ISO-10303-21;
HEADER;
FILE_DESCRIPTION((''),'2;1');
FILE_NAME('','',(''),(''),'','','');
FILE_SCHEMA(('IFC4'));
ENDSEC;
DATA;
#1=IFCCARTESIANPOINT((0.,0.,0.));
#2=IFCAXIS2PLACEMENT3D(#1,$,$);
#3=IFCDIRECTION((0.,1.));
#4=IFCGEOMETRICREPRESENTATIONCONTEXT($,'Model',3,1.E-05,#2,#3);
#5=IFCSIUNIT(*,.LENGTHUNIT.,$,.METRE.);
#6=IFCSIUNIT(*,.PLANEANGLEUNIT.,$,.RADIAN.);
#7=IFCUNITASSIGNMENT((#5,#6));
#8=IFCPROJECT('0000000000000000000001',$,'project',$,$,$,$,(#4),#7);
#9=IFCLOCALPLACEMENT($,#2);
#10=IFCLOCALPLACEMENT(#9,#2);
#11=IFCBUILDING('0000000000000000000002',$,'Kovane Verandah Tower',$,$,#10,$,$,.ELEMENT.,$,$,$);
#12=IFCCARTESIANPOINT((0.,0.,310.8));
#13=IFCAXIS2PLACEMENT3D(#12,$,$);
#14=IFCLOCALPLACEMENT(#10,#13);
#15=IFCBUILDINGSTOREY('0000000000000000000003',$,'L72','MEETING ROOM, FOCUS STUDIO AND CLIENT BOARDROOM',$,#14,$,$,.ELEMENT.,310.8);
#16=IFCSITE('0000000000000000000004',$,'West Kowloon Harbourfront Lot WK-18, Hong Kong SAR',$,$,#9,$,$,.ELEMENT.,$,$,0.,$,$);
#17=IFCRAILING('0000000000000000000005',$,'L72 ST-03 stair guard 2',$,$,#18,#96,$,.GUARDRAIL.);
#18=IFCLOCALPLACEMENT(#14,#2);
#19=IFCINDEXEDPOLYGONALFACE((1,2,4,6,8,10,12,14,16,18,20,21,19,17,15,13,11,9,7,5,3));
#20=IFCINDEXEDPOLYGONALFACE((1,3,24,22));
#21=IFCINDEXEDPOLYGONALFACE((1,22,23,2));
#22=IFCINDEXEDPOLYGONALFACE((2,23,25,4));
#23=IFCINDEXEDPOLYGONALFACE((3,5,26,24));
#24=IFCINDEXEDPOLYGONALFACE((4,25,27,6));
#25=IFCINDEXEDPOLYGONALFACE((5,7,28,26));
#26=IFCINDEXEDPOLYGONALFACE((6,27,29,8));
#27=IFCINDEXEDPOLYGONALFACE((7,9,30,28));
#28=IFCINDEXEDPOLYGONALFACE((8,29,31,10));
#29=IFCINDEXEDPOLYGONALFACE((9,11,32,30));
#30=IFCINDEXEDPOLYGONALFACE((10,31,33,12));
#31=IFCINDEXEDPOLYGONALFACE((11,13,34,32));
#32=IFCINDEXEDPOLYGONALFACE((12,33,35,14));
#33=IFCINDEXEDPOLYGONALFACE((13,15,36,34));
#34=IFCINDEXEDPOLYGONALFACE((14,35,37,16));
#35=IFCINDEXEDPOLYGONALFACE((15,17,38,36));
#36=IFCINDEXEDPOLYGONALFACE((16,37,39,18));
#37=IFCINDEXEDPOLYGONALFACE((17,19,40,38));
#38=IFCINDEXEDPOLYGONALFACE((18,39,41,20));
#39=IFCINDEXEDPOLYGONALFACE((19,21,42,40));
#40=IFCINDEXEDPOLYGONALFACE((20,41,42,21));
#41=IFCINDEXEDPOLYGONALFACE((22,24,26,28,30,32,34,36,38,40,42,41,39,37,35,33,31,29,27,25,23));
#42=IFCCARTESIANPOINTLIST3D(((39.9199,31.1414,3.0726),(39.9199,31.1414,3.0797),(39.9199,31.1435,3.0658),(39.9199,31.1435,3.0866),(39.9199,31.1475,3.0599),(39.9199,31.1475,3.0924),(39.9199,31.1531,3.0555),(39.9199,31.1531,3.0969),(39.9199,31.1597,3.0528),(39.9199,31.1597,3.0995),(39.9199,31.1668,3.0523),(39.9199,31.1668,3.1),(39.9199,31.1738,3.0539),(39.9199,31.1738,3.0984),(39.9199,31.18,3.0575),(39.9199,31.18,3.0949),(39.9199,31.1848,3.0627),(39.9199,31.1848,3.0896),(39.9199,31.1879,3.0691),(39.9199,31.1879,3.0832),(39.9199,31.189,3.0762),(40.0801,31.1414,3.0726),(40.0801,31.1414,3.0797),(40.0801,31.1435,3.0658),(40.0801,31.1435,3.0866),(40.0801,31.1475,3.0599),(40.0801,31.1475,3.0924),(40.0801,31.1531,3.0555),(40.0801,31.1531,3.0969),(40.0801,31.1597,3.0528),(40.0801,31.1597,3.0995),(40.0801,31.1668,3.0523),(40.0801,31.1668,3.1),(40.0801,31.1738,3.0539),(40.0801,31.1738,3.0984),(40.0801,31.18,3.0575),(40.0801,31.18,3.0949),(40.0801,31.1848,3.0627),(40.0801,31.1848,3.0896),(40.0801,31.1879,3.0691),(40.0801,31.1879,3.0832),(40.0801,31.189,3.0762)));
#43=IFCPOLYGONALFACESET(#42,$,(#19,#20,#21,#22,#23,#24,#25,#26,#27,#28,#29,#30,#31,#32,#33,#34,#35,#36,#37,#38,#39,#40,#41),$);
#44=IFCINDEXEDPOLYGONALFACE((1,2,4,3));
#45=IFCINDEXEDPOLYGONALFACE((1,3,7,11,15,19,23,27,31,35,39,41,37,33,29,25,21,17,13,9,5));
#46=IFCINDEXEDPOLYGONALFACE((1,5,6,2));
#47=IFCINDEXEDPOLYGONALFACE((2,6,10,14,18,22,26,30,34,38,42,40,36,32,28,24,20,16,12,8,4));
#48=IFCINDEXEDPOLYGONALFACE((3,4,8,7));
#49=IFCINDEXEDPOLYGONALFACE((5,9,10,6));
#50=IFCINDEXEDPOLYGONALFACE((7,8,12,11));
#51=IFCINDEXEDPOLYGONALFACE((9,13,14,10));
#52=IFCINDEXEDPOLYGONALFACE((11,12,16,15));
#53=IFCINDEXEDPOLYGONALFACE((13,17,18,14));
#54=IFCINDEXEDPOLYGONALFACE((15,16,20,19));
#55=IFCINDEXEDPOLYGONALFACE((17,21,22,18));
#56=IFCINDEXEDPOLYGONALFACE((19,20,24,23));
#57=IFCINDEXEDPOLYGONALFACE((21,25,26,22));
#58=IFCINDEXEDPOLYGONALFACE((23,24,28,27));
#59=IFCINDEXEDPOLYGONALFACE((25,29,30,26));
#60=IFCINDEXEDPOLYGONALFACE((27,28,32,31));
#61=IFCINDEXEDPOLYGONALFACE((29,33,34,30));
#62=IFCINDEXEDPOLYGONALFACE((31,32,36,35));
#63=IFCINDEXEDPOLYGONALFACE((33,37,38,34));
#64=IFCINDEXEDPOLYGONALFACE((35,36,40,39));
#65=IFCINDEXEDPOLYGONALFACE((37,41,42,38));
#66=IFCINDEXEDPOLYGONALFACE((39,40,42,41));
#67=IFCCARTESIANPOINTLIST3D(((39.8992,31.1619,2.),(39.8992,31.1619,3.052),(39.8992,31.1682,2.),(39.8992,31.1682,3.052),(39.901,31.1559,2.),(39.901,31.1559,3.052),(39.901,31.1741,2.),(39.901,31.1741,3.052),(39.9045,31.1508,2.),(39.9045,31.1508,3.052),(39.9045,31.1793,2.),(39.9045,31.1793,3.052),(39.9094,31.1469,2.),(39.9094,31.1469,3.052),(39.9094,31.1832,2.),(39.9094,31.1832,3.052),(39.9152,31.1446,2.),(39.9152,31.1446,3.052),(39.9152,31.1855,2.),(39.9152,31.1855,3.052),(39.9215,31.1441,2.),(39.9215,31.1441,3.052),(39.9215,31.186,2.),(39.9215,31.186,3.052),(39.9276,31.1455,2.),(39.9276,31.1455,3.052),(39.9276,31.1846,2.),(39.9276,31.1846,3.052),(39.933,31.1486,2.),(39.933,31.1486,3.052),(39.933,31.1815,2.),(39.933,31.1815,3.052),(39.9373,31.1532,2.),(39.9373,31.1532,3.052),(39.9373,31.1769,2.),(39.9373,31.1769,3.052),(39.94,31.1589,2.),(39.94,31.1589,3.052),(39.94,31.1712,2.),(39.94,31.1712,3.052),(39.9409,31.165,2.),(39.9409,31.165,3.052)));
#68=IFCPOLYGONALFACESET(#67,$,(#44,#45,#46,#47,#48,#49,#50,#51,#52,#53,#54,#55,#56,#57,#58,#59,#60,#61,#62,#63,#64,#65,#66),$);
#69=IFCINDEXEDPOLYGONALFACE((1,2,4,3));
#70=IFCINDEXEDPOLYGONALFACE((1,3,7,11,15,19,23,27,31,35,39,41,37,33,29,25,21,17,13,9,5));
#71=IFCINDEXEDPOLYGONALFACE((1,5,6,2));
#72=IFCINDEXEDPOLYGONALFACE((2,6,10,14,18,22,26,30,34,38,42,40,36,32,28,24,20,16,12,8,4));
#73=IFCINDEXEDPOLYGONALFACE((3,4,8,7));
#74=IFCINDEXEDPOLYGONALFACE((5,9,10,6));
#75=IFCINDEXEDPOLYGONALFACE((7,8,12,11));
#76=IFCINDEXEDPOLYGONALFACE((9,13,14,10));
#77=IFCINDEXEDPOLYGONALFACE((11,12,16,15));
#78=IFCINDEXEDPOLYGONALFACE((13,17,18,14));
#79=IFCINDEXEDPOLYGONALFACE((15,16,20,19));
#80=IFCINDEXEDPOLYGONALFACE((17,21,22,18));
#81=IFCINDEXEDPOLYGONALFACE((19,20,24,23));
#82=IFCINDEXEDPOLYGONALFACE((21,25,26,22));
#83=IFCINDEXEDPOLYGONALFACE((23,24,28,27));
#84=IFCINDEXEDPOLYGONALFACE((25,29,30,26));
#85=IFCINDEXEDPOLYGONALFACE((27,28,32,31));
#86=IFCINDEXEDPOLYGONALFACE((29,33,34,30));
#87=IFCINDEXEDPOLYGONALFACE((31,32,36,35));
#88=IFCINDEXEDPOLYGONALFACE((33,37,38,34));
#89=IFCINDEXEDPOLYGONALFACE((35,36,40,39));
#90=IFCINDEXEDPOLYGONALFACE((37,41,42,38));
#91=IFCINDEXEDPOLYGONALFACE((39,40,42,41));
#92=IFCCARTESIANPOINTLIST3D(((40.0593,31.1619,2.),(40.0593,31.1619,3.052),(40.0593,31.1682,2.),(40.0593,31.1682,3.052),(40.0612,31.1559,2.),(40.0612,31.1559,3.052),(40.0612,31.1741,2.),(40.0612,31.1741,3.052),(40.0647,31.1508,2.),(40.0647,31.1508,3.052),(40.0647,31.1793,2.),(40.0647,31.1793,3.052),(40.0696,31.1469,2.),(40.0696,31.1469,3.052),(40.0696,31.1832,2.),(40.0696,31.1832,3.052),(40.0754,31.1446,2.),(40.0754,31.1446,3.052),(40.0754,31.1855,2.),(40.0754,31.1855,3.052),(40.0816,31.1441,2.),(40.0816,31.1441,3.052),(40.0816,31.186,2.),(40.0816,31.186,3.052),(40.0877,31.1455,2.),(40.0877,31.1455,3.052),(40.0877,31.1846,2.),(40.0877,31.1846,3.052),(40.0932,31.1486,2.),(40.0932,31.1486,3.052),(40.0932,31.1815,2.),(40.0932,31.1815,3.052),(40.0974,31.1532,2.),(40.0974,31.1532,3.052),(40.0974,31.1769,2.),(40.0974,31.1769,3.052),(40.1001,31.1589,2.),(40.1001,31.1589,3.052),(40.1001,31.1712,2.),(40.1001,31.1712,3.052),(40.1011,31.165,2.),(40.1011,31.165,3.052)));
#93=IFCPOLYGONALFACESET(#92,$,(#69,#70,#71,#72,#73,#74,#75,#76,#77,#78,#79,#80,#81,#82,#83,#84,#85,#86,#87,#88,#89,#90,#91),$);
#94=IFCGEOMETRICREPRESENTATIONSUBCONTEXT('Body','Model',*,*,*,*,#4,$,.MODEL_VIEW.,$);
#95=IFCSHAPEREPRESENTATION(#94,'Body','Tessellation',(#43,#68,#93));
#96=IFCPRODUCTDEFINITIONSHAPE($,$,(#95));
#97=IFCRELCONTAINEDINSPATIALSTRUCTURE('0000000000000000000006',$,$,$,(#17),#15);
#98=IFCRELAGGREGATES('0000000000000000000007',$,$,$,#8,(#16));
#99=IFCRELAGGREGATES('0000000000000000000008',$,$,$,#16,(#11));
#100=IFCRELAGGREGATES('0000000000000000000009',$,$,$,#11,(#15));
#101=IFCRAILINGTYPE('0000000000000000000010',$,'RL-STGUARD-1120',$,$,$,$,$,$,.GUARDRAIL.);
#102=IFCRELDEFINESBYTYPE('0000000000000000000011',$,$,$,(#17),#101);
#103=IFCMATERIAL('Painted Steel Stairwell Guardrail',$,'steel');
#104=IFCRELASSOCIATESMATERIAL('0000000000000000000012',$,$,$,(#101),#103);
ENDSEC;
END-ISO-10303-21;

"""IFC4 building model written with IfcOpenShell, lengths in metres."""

from ifc_helpers import new_model, si_unit, direction, frame, origin, origin_2d, place, context, subcontext, project, spatial, circle, extrude, material, type_object, element, save


model = new_model("IFC4")

# Units and contexts
model_context = context("Model", 3, precision=1e-05, world=origin(), true_north=direction((0.0, 1.0)))
body_context = subcontext(model_context, "Body", "Model", "MODEL_VIEW")
ifc_project = project(units=[si_unit("LENGTHUNIT", "METRE"), si_unit("PLANEANGLEUNIT", "RADIAN")], contexts=[model_context])

# Site, building, storey
site_placement = place(None, origin())
site = spatial("IfcSite", under=ifc_project, at=site_placement, Name="West Kowloon Harbourfront Lot WK-18, Hong Kong SAR", CompositionType="ELEMENT", RefElevation=0.0)
building_placement = place(site_placement, origin())
building = spatial("IfcBuilding", under=site, at=building_placement, Name="Kovane Verandah Tower", CompositionType="ELEMENT")
storey_placement = place(building_placement, frame((0.0, 0.0, 310.8)))
storey = spatial("IfcBuildingStorey", under=building, at=storey_placement, Name="L72", Description="MEETING ROOM, FOCUS STUDIO AND CLIENT BOARDROOM", CompositionType="ELEMENT", Elevation=310.8)

# Railing
ifc_material_1 = material(Name="Painted Steel Stairwell Guardrail", Category="steel")
railing_type_1 = type_object("IfcRailingType", Name="RL-STGUARD-1120", PredefinedType="GUARDRAIL", material=ifc_material_1)
railing_1_placement = place(storey_placement, frame((39.9199, 31.165, 2.0)))
element("IfcRailing", 1, at=railing_1_placement, inside=storey, type_object=railing_type_1, Name="L72 ST-03 stair guard 2", PredefinedType="GUARDRAIL", context=body_context, shape_type="SweptSolid", body=[
    extrude(circle(Radius=0.0239, at=origin_2d()), frame((0.0, 0.0, 1.0762), z_axis=(1.0, 0.0, 0.0), x_axis=(0.0, 1.0, 0.0)), (0.0, 0.0, 1.0), 0.1602),
    extrude(circle(Radius=0.021, at=origin_2d()), origin(), (0.0, 0.0, 1.0), 1.052),
    extrude(circle(Radius=0.021, at=origin_2d()), frame((0.1602, 0.0, 0.0)), (0.0, 0.0, 1.0), 1.052),
])

save(model, "model.ifc")
